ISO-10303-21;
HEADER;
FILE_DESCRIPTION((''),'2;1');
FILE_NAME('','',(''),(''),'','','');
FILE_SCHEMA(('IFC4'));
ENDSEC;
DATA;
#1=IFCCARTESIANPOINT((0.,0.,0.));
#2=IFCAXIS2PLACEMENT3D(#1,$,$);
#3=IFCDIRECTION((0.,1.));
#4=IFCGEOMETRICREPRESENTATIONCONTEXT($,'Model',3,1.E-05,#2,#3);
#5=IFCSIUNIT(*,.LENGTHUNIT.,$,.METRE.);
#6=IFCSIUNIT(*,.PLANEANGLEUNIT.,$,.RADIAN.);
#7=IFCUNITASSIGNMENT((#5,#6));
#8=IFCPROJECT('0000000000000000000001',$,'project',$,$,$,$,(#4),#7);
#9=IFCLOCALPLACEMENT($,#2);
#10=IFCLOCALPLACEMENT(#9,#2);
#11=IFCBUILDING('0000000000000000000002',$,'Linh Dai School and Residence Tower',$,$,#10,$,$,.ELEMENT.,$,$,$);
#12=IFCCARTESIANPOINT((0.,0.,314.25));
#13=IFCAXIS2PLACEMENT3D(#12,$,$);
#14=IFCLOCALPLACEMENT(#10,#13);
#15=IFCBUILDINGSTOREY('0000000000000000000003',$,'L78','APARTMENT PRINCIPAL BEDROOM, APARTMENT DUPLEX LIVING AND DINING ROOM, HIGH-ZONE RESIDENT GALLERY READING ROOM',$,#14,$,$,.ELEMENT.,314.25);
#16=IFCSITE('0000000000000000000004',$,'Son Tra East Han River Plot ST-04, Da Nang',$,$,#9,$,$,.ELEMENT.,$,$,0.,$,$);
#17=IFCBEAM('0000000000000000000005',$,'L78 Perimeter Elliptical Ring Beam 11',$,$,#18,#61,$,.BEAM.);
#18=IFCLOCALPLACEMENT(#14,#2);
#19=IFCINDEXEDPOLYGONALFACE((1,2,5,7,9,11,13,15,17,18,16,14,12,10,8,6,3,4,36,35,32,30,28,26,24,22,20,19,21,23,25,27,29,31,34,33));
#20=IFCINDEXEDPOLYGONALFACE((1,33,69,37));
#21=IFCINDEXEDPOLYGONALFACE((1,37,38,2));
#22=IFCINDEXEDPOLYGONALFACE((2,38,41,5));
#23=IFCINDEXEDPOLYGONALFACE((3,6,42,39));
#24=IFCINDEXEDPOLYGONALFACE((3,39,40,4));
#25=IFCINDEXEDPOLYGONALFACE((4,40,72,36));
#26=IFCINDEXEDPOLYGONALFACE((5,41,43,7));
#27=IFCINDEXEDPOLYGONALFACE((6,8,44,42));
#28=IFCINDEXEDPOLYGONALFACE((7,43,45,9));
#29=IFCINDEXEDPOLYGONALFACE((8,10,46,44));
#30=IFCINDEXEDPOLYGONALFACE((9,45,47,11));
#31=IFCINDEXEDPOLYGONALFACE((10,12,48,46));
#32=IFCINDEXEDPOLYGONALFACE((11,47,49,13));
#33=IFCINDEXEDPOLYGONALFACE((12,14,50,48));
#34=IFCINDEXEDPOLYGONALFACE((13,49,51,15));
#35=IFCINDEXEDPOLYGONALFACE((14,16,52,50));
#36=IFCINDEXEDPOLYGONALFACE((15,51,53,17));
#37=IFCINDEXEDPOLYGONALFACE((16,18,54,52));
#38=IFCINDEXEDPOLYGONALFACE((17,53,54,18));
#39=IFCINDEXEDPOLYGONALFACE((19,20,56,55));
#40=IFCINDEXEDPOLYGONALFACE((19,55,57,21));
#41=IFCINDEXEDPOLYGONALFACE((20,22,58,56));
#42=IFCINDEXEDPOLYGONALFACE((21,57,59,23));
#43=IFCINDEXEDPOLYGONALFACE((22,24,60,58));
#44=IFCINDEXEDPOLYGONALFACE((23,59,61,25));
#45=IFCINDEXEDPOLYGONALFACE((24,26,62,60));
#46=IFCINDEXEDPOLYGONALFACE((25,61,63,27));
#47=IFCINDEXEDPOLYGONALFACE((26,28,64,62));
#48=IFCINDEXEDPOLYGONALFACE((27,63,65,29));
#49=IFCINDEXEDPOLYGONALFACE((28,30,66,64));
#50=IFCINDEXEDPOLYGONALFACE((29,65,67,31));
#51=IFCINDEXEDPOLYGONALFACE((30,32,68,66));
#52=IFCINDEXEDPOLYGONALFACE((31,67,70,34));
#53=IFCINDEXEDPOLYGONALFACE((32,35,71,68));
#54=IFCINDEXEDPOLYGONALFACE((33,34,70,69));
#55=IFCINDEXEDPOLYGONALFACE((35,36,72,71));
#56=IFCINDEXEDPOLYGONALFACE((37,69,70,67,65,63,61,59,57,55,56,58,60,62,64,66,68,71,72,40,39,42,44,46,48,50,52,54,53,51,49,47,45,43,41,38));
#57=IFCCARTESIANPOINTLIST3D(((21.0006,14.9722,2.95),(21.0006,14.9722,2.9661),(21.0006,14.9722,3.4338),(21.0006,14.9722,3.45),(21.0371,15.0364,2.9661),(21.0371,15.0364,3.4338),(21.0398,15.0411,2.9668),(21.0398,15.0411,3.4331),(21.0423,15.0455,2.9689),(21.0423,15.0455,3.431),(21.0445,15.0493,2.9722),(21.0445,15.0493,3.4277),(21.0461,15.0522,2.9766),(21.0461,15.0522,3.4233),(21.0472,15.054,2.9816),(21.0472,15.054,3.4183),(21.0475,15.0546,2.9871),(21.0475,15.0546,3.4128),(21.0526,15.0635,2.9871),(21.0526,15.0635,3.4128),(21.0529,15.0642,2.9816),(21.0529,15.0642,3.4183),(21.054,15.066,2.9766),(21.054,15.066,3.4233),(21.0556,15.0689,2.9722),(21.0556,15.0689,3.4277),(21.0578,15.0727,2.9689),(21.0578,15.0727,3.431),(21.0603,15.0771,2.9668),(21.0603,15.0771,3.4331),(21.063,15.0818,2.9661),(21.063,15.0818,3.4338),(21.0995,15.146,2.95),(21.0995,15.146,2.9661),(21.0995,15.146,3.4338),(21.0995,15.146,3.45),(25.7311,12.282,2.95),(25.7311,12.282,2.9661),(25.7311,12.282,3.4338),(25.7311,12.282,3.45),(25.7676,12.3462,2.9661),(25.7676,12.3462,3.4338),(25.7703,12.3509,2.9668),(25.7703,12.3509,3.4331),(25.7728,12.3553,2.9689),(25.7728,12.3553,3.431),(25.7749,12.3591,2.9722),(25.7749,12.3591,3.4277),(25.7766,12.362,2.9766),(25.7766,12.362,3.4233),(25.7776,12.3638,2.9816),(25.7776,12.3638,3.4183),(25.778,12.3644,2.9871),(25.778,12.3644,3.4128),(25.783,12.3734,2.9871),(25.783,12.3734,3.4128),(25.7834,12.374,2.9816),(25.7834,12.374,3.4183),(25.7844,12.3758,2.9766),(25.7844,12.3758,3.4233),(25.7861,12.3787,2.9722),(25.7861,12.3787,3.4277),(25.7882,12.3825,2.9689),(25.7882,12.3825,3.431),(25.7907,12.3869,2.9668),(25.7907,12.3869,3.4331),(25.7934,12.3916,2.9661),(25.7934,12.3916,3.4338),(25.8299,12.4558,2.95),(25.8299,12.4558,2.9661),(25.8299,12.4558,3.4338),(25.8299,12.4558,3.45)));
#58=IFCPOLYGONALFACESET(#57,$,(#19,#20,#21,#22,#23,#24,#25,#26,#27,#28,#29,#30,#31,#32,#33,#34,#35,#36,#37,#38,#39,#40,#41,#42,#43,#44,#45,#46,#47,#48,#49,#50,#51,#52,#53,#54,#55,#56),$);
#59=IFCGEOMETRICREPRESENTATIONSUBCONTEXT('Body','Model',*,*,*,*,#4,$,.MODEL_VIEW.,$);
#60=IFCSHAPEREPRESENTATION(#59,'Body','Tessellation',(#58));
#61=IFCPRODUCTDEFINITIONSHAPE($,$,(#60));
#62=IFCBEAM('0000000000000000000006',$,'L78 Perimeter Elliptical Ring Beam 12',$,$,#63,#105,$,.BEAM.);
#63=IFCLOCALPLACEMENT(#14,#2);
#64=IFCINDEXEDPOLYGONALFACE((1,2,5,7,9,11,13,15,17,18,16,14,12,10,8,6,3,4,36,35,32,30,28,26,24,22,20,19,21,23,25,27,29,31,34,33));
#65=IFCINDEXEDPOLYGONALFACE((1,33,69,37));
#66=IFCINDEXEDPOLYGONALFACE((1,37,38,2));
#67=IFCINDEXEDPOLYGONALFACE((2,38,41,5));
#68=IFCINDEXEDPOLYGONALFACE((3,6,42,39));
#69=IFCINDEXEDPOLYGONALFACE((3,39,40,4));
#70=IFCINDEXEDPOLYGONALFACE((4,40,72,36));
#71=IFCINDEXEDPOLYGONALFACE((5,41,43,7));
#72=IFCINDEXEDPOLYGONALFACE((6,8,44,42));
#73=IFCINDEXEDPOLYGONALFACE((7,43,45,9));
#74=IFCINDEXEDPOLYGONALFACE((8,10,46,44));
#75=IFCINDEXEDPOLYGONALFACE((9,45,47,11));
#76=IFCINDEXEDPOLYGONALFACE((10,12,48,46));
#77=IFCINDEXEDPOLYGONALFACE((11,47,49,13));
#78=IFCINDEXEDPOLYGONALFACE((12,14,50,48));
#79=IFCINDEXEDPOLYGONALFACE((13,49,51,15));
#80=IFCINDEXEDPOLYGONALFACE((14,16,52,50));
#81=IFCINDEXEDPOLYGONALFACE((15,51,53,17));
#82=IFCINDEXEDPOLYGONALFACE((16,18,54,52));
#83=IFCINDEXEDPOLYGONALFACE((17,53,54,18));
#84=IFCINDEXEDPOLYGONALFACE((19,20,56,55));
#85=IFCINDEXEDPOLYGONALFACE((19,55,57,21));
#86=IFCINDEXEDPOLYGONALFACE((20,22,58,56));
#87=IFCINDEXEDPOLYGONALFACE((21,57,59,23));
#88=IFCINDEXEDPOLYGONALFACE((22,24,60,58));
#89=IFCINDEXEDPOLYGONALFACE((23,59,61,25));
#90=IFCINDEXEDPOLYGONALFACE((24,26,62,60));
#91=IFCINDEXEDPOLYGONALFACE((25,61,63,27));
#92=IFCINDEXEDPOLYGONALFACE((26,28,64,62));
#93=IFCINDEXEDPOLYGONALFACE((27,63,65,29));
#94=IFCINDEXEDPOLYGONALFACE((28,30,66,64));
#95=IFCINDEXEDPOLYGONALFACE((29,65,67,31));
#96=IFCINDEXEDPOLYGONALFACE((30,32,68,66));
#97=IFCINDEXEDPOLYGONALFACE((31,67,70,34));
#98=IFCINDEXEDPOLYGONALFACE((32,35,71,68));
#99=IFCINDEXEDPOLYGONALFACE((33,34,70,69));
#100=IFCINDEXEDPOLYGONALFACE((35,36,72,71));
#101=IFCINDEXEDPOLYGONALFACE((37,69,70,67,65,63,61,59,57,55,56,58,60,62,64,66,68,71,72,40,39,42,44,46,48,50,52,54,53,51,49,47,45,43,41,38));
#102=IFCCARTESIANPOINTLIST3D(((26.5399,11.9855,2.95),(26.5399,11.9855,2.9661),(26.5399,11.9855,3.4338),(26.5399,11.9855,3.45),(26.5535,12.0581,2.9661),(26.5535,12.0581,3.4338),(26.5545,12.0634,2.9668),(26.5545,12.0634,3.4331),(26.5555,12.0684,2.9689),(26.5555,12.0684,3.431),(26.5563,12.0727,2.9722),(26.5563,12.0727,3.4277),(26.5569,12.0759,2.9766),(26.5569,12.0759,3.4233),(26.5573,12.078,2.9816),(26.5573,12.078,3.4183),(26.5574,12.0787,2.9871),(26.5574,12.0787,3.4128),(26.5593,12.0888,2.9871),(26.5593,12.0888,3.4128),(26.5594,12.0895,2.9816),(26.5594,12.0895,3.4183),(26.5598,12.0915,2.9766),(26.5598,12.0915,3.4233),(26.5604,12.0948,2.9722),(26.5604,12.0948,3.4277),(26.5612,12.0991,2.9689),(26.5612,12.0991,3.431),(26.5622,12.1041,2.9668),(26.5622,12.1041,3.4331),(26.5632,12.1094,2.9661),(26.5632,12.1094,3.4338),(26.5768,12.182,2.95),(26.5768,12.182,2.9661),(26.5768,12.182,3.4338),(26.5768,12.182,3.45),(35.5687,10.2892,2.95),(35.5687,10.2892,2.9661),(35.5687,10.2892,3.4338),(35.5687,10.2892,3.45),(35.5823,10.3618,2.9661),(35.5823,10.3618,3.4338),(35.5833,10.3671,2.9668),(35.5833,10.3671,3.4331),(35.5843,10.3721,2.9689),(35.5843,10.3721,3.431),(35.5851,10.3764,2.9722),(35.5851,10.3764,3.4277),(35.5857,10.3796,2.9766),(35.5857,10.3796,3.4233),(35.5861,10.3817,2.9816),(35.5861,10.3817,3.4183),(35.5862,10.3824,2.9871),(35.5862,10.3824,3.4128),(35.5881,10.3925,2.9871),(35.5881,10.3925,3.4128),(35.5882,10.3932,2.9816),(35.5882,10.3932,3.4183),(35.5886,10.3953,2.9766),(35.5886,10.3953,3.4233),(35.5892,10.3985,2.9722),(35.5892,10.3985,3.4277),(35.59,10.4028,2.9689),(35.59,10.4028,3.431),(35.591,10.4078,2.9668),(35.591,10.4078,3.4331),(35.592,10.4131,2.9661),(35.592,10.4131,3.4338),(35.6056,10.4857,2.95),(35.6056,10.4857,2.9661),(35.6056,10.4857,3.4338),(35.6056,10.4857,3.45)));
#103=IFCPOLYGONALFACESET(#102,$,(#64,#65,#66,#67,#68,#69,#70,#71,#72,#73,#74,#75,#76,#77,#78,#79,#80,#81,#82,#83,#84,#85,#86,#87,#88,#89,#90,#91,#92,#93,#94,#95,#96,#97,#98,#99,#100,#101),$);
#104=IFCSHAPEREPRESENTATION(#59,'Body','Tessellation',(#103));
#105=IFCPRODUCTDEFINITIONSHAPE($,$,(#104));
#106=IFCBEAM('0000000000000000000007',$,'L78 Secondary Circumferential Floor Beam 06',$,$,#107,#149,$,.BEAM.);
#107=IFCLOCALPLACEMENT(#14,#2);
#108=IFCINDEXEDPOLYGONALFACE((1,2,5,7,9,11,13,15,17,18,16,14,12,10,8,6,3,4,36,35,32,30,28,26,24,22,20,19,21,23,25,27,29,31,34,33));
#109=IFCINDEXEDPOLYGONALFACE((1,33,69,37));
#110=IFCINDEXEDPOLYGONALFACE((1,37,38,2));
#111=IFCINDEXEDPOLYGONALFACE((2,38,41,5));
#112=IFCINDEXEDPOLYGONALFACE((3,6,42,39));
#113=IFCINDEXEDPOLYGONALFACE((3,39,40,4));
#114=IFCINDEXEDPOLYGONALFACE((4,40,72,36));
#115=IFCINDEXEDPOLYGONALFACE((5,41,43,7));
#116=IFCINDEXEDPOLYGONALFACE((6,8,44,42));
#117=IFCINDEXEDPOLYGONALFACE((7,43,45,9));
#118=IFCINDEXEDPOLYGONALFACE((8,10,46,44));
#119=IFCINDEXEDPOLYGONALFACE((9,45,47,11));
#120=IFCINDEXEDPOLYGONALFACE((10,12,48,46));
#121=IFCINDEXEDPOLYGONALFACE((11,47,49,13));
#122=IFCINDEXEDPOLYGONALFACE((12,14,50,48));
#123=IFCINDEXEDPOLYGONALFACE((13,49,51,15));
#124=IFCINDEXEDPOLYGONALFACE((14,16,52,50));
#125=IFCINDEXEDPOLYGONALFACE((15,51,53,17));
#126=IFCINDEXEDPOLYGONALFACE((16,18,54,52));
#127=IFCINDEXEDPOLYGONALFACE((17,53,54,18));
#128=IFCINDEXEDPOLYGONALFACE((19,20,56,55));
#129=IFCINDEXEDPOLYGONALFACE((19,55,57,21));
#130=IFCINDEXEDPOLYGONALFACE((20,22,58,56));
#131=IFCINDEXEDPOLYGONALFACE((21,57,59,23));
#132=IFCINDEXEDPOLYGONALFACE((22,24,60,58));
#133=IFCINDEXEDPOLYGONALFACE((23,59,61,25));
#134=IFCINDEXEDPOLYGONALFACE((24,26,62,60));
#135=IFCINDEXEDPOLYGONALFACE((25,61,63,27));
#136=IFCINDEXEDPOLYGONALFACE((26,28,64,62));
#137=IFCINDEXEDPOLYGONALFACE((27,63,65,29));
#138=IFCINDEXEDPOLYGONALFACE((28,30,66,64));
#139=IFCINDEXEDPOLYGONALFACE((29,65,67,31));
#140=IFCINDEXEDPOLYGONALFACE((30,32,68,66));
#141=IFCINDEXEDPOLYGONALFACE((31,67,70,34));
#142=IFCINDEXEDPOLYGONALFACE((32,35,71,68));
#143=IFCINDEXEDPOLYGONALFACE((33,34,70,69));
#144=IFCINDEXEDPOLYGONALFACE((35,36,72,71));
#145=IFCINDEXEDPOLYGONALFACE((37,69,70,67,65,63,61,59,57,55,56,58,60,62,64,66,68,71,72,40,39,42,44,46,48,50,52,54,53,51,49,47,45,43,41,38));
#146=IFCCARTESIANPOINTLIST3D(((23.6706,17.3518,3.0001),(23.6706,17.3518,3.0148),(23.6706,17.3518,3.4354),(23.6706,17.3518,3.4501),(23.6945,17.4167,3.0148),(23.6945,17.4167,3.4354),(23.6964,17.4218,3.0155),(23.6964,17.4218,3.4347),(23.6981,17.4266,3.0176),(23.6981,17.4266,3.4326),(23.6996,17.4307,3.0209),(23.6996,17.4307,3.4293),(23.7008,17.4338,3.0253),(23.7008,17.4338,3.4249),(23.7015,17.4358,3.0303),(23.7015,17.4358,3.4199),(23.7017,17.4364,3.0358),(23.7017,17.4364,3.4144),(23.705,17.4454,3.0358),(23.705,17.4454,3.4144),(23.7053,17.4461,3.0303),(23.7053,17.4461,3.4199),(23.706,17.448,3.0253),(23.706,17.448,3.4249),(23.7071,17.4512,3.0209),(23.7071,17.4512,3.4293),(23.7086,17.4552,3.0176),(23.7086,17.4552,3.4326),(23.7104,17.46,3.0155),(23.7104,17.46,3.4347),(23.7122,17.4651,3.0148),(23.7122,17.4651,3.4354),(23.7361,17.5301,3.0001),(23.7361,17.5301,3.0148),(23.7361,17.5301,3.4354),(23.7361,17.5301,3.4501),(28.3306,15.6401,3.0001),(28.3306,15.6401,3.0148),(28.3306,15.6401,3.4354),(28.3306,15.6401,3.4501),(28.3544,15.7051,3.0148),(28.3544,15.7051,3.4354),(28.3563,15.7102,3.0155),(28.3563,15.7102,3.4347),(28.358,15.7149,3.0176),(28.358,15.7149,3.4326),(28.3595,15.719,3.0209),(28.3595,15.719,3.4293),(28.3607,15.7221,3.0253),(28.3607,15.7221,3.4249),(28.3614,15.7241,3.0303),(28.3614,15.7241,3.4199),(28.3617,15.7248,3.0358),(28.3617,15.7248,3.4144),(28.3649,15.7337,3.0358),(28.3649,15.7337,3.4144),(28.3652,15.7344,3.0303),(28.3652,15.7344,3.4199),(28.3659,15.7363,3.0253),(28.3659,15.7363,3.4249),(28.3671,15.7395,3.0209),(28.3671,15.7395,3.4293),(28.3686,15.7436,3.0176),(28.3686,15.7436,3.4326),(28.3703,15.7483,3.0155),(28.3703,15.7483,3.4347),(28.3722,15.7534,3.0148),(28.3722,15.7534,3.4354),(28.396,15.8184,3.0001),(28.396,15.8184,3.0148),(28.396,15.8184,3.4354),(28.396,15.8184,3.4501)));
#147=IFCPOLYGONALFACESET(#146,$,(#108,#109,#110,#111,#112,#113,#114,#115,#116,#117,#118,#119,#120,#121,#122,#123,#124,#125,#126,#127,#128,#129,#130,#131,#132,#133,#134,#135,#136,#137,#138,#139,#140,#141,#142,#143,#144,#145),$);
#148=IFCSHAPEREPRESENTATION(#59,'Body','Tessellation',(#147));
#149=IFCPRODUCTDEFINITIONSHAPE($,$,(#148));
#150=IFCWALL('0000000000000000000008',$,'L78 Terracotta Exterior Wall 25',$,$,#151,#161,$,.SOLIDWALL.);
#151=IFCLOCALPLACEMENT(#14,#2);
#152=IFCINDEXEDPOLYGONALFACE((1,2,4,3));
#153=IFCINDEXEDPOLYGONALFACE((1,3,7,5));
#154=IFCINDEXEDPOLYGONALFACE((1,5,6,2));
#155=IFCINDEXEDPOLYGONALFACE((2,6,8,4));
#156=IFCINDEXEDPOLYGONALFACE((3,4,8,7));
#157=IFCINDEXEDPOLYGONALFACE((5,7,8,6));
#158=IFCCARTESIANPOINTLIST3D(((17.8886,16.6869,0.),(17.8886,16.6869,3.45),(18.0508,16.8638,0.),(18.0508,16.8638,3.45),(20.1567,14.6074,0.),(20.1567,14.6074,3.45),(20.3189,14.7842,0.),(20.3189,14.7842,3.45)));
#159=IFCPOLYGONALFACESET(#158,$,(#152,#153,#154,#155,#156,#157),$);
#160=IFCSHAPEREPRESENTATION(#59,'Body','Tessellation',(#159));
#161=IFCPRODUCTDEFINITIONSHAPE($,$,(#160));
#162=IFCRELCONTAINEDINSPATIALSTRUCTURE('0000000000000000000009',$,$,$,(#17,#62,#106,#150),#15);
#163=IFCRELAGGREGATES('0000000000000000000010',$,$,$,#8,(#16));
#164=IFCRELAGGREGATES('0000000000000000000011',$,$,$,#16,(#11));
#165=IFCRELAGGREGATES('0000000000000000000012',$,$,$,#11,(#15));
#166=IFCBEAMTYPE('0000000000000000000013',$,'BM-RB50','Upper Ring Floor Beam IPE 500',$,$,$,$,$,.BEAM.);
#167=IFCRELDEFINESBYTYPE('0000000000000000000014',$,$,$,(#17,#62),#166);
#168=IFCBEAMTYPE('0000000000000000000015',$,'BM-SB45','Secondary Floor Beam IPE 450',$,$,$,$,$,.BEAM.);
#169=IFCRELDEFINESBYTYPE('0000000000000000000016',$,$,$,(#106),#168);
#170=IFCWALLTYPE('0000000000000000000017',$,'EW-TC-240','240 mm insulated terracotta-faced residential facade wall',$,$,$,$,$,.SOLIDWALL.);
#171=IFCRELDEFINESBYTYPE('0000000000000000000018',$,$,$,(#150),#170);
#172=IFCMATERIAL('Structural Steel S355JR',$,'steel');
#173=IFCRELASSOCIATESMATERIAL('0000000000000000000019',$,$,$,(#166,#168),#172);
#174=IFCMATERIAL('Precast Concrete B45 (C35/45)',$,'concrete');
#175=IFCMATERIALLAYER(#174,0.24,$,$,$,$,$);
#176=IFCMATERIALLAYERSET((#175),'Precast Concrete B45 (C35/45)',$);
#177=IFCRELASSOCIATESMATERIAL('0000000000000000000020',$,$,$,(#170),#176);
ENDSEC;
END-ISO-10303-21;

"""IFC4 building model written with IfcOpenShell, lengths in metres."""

from ifc_helpers import new_model, si_unit, direction, frame, frame_2d, origin, origin_2d, place, context, subcontext, project, spatial, rectangle, i_section, extrude, material, layer, layer_set, material_profile, profile_set, type_object, element, save


model = new_model("IFC4")

# Units and contexts
model_context = context("Model", 3, precision=1e-05, world=origin(), true_north=direction((0.0, 1.0)))
body_context = subcontext(model_context, "Body", "Model", "MODEL_VIEW")
ifc_project = project(units=[si_unit("LENGTHUNIT", "METRE"), si_unit("PLANEANGLEUNIT", "RADIAN")], contexts=[model_context])

# Site, building, storey
site_placement = place(None, origin())
site = spatial("IfcSite", under=ifc_project, at=site_placement, Name="Son Tra East Han River Plot ST-04, Da Nang", CompositionType="ELEMENT", RefElevation=0.0)
building_placement = place(site_placement, origin())
building = spatial("IfcBuilding", under=site, at=building_placement, Name="Linh Dai School and Residence Tower", CompositionType="ELEMENT")
storey_placement = place(building_placement, frame((0.0, 0.0, 314.25)))
storey = spatial("IfcBuildingStorey", under=building, at=storey_placement, Name="L78", Description="APARTMENT PRINCIPAL BEDROOM, APARTMENT DUPLEX LIVING AND DINING ROOM, HIGH-ZONE RESIDENT GALLERY READING ROOM", CompositionType="ELEMENT", Elevation=314.25)

# Shared definitions
ifc_material_1 = material(Name="Structural Steel S355JR", Category="steel")

# Beams
ifc_material_profile_1 = material_profile(ifc_material_1, i_section(OverallWidth=0.2, OverallDepth=0.5, WebThickness=0.0103, FlangeThickness=0.0161, FilletRadius=0.021, at=origin_2d()), Name="IPE 500")
ifc_profile_set_1 = profile_set([ifc_material_profile_1], Name="Structural Steel S355JR")
beam_type_1 = type_object("IfcBeamType", Name="BM-RB50", Description="Upper Ring Floor Beam IPE 500", PredefinedType="BEAM", material=ifc_profile_set_1)
beam_1_placement = place(storey_placement, frame((21.05, 15.0591, 3.2), z_axis=(0.869266, -0.494345, 0.0), x_axis=(0.494345, 0.869266, 0.0)))
element("IfcBeam", 1, at=beam_1_placement, inside=storey, type_object=beam_type_1, Name="L78 Perimeter Elliptical Ring Beam 11", PredefinedType="BEAM", context=body_context, shape_type="SweptSolid", body=[
    extrude(i_section(OverallWidth=0.2, OverallDepth=0.5, WebThickness=0.0103, FlangeThickness=0.0161, FilletRadius=0.021, at=origin_2d()), origin(), (0.0, 0.0, 1.0), 5.4419),
])
beam_2_placement = place(storey_placement, frame((26.5583, 12.0837, 3.2), z_axis=(0.982805, -0.184645, 0.0), x_axis=(0.184645, 0.982805, 0.0)))
element("IfcBeam", 2, at=beam_2_placement, inside=storey, type_object=beam_type_1, Name="L78 Perimeter Elliptical Ring Beam 12", PredefinedType="BEAM", context=body_context, shape_type="SweptSolid", body=[
    extrude(i_section(OverallWidth=0.2, OverallDepth=0.5, WebThickness=0.0103, FlangeThickness=0.0161, FilletRadius=0.021, at=origin_2d()), origin(), (0.0, 0.0, 1.0), 9.1868),
])
ifc_material_profile_2 = material_profile(ifc_material_1, i_section(OverallWidth=0.1899, OverallDepth=0.45, WebThickness=0.0095, FlangeThickness=0.0146, FilletRadius=0.021, at=origin_2d()), Name="IPE 450")
ifc_profile_set_2 = profile_set([ifc_material_profile_2], Name="Structural Steel S355JR")
beam_type_2 = type_object("IfcBeamType", Name="BM-SB45", Description="Secondary Floor Beam IPE 450", PredefinedType="BEAM", material=ifc_profile_set_2)
beam_3_placement = place(storey_placement, frame((23.7034, 17.4409, 3.2251), z_axis=(0.938679, -0.344794, 0.0), x_axis=(0.344794, 0.938679, 0.0)))
element("IfcBeam", 3, at=beam_3_placement, inside=storey, type_object=beam_type_2, Name="L78 Secondary Circumferential Floor Beam 06", PredefinedType="BEAM", context=body_context, shape_type="SweptSolid", body=[
    extrude(i_section(OverallWidth=0.1899, OverallDepth=0.45, WebThickness=0.0095, FlangeThickness=0.0146, FilletRadius=0.021, at=origin_2d()), origin(), (0.0, 0.0, 1.0), 4.9644),
])

# Wall
ifc_material_2 = material(Name="Precast Concrete B45 (C35/45)", Category="concrete")
ifc_layer_1 = layer(ifc_material_2, 0.24)
ifc_layer_set_1 = layer_set([ifc_layer_1], Name="Precast Concrete B45 (C35/45)")
wall_type_1 = type_object("IfcWallType", Name="EW-TC-240", Description="240 mm insulated terracotta-faced residential facade wall", PredefinedType="SOLIDWALL", material=ifc_layer_set_1)
wall_1_placement = place(storey_placement, frame((20.2378, 14.6958, 0.0), z_axis=(0.0, 0.0, 1.0), x_axis=(-0.737069, 0.675818, 0.0)))
element("IfcWall", 4, at=wall_1_placement, inside=storey, type_object=wall_type_1, Name="L78 Terracotta Exterior Wall 25", PredefinedType="SOLIDWALL", context=body_context, shape_type="SweptSolid", body=[
    extrude(rectangle(XDim=3.0771, YDim=0.24, at=frame_2d((1.5386, 0.0))), origin(), (0.0, 0.0, 1.0), 3.45),
])

save(model, "model.ifc")
